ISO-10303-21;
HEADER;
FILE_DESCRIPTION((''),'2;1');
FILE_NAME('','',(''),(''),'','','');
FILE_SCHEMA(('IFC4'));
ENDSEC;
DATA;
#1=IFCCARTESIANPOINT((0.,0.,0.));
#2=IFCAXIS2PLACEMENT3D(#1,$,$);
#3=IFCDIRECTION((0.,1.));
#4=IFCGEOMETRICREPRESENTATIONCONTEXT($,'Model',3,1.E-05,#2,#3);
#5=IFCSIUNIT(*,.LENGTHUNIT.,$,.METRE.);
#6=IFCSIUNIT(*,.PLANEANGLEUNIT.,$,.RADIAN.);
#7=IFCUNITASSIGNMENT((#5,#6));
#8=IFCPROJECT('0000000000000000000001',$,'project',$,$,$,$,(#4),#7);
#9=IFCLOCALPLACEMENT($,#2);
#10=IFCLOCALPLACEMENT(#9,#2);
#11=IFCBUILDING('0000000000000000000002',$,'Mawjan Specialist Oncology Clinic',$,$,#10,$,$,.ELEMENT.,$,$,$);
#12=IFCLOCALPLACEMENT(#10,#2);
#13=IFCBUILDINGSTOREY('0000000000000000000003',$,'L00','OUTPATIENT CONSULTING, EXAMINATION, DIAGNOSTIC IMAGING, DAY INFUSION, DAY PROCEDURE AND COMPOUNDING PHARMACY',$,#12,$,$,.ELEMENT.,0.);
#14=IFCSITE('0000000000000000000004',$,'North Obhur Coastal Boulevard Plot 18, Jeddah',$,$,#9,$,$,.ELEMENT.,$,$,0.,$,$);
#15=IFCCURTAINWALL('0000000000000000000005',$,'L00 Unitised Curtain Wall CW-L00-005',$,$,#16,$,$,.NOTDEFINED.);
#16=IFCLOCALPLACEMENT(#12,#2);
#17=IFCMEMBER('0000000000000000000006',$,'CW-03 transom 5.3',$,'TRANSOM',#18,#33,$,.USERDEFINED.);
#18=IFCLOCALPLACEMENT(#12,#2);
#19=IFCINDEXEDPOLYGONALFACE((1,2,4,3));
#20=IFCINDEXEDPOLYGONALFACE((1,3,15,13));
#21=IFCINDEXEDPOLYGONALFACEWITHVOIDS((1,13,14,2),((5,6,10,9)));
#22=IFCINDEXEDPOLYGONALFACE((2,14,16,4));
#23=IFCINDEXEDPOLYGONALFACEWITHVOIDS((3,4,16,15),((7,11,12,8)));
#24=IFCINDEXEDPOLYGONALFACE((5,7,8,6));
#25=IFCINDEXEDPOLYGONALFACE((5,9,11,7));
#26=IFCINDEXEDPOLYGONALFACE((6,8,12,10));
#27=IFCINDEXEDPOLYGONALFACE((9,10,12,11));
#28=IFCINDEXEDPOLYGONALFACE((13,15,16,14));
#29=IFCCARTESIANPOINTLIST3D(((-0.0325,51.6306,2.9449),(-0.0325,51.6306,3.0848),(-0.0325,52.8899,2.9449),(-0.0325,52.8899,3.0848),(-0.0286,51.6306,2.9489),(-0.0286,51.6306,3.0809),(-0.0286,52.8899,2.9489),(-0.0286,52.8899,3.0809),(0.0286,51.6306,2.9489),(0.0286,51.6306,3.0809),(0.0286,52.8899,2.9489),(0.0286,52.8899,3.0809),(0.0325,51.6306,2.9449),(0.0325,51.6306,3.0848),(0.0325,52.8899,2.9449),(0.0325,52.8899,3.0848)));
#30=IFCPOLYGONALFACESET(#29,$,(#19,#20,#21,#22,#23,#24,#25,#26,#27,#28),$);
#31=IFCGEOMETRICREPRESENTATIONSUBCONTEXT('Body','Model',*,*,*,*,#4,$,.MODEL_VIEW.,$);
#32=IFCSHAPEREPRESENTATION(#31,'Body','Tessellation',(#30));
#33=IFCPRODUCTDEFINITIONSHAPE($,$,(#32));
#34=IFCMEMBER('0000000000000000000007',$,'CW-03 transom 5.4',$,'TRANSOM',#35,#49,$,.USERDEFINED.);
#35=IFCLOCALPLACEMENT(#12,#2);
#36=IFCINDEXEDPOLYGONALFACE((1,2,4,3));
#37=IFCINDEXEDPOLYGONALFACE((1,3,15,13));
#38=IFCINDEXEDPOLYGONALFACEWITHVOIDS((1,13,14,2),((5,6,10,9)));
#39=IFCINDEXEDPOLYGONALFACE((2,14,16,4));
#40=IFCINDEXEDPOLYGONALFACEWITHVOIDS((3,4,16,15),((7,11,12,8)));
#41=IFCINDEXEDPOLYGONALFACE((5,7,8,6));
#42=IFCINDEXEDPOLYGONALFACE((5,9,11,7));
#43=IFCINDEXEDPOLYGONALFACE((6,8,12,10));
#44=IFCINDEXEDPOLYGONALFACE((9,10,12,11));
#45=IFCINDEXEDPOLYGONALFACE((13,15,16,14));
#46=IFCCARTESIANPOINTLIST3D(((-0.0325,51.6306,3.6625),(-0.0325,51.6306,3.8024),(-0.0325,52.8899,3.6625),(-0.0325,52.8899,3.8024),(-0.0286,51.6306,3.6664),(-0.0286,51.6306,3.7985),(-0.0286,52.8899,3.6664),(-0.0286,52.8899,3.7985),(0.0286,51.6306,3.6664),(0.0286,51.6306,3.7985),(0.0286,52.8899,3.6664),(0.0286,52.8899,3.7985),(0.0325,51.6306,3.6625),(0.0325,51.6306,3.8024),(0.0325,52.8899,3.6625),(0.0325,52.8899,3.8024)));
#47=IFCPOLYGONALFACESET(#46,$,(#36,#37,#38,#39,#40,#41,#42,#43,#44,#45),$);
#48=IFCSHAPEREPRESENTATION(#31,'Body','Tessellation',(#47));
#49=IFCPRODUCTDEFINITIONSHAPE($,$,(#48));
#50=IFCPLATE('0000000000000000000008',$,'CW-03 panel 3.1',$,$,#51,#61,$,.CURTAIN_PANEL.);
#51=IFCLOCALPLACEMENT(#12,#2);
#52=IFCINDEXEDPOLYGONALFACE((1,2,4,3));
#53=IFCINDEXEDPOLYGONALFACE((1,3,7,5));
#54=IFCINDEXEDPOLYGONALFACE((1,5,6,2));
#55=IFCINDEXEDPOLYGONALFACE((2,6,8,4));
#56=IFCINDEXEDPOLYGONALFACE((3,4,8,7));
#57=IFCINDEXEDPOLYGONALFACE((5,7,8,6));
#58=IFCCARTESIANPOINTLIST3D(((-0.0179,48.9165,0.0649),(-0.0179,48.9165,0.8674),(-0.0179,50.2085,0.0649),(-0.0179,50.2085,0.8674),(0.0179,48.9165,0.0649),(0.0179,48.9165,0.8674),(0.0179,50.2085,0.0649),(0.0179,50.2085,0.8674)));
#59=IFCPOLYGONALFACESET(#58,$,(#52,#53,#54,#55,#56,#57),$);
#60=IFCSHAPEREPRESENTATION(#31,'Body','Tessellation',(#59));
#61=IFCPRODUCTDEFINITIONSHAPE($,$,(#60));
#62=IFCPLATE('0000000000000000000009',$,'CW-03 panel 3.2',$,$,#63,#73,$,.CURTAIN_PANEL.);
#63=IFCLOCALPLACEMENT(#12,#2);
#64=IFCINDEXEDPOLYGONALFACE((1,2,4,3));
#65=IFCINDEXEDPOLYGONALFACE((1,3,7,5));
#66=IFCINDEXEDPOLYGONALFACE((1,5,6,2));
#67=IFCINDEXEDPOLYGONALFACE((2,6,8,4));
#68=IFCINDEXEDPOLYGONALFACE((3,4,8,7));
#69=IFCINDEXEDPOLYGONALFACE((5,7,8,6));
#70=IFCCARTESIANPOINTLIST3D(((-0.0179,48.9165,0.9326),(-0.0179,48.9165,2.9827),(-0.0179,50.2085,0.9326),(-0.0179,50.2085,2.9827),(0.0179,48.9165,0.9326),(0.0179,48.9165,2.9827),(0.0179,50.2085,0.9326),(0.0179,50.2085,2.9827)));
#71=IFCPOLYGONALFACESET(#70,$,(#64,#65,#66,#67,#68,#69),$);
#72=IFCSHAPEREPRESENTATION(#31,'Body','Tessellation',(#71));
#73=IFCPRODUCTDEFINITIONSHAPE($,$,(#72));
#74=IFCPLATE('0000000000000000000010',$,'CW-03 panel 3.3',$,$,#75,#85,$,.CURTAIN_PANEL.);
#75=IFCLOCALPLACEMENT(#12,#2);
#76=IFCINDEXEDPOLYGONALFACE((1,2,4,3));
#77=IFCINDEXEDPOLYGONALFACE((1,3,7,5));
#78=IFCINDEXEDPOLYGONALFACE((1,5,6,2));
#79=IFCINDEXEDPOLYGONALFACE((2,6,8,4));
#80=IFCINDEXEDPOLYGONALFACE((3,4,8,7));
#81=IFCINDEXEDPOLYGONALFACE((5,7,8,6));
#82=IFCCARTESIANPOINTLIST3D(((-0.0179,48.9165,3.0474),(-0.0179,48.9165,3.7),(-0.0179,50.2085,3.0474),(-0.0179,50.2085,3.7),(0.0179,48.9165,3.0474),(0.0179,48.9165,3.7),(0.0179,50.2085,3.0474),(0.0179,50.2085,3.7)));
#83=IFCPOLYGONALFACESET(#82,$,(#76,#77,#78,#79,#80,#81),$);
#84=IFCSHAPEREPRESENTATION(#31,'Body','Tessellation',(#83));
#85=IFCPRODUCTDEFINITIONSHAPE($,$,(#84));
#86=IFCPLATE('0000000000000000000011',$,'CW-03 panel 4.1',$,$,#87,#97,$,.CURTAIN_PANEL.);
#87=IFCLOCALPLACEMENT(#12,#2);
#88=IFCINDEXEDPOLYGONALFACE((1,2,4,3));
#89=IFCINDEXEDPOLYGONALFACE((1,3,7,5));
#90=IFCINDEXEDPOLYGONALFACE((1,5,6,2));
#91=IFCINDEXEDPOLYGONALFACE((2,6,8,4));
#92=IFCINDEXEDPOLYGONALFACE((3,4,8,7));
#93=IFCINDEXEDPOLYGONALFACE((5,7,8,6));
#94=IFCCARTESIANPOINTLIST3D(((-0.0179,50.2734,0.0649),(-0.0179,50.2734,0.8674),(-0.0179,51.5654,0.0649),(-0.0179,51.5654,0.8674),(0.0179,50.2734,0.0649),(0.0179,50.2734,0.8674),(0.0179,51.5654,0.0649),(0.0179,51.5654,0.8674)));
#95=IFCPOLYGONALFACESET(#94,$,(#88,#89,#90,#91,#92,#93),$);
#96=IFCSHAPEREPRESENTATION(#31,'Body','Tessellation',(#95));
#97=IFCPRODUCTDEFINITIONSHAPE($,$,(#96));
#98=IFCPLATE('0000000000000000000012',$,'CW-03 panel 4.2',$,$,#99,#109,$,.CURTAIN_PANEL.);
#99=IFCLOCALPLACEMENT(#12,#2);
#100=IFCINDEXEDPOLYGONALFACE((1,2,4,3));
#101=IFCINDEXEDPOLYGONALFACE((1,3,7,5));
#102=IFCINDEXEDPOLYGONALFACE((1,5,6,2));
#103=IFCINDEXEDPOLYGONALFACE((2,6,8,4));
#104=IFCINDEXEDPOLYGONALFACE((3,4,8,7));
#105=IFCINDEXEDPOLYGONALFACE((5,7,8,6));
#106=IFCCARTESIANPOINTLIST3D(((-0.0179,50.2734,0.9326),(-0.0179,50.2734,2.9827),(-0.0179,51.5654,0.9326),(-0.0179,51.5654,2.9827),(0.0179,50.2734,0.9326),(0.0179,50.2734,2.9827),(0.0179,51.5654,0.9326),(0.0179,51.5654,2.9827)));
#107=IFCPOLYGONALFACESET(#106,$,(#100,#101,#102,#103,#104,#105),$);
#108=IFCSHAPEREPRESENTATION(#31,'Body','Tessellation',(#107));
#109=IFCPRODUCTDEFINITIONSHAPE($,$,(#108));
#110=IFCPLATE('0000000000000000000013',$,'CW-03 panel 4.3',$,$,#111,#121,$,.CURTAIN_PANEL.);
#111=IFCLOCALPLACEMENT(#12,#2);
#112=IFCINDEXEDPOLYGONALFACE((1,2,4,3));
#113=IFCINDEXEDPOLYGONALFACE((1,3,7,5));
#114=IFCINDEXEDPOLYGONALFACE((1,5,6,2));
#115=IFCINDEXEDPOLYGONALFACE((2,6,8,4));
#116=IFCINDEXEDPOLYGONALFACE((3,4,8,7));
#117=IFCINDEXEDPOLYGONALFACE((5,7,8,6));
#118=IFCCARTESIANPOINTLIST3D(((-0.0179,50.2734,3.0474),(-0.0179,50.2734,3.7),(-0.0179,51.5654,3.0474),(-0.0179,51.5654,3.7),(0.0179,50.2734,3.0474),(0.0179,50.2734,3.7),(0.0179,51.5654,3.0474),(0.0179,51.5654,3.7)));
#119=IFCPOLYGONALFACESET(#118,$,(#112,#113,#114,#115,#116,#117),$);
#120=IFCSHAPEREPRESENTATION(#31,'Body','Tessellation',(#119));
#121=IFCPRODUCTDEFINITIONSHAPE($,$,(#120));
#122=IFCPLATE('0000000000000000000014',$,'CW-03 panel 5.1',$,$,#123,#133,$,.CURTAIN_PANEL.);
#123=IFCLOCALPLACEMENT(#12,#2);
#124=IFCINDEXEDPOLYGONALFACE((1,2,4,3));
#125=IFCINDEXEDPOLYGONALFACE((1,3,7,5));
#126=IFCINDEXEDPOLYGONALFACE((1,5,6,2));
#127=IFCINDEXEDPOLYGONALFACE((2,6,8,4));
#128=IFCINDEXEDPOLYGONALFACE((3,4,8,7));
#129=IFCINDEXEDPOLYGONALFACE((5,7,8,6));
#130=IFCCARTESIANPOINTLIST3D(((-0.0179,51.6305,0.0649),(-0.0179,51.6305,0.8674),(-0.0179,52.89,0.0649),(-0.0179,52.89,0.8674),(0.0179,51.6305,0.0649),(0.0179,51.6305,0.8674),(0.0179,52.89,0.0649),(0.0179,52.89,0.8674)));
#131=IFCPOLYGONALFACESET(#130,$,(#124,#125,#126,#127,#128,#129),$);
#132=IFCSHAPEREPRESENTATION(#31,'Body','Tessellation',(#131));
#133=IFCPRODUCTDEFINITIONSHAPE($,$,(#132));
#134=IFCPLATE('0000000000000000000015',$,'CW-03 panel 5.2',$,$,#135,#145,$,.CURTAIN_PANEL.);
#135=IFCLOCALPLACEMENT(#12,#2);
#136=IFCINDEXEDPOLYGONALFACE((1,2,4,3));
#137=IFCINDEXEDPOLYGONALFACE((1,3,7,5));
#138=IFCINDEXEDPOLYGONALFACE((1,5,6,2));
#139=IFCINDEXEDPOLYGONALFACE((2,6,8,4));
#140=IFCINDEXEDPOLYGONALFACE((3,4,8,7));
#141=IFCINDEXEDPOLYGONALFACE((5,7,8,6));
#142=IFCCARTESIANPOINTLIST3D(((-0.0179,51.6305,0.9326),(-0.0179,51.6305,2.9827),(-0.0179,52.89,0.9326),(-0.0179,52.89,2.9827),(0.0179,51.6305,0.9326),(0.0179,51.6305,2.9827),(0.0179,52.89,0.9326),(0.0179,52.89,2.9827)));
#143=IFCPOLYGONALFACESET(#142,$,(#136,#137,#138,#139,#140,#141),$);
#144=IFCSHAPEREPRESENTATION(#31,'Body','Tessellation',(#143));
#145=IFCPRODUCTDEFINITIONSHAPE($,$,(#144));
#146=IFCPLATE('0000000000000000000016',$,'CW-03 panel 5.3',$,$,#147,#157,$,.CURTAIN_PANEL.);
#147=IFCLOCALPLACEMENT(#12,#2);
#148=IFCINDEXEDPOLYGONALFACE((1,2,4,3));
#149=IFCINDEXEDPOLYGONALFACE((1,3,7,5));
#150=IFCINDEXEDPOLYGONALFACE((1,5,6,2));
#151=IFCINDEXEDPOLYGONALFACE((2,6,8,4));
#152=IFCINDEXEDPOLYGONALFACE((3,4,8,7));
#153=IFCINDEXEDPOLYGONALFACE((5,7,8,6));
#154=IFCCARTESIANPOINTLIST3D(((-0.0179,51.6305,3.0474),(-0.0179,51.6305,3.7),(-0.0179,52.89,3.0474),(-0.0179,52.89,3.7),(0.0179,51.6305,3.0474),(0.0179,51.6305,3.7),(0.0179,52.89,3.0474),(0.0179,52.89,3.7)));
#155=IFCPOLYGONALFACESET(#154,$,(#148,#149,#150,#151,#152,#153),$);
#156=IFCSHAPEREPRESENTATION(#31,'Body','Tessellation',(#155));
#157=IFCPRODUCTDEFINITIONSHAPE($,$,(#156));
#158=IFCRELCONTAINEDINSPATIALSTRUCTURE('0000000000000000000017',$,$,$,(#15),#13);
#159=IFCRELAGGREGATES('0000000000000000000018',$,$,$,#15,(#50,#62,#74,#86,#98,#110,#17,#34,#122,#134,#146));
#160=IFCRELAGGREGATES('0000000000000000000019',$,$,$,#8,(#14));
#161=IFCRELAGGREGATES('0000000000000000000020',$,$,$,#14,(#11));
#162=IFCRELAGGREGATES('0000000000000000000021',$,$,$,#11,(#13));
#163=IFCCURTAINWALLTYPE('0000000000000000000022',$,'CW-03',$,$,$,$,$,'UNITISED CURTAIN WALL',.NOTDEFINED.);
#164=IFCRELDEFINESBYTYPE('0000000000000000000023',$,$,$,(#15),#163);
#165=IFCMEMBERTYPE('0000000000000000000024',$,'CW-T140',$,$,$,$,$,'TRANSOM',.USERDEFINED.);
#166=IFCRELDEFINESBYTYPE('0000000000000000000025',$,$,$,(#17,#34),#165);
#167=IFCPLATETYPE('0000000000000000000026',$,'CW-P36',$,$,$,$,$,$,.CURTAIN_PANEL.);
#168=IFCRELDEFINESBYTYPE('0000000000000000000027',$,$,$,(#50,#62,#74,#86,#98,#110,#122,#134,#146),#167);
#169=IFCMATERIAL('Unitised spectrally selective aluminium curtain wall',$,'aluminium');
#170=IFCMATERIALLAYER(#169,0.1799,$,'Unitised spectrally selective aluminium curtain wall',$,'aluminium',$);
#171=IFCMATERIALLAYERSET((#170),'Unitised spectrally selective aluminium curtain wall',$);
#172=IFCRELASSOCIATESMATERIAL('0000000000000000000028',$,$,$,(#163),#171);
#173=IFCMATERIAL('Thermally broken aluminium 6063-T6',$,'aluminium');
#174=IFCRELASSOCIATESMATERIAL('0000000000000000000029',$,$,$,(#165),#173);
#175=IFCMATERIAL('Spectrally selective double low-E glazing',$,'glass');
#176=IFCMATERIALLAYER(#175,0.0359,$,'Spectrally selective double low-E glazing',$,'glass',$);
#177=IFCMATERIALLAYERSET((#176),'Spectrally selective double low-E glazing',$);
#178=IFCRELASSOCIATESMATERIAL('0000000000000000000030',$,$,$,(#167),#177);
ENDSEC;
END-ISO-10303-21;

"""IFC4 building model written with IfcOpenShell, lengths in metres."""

from ifc_helpers import new_model, si_unit, direction, frame, origin, origin_2d, place, context, subcontext, project, spatial, rectangle, hollow_rectangle, extrude, material, layer, layer_set, material_profile, profile_set, type_object, element, aggregate, save


model = new_model("IFC4")

# Units and contexts
model_context = context("Model", 3, precision=1e-05, world=origin(), true_north=direction((0.0, 1.0)))
body_context = subcontext(model_context, "Body", "Model", "MODEL_VIEW")
ifc_project = project(units=[si_unit("LENGTHUNIT", "METRE"), si_unit("PLANEANGLEUNIT", "RADIAN")], contexts=[model_context])

# Site, building, storey
site_placement = place(None, origin())
site = spatial("IfcSite", under=ifc_project, at=site_placement, Name="North Obhur Coastal Boulevard Plot 18, Jeddah", CompositionType="ELEMENT", RefElevation=0.0)
building_placement = place(site_placement, origin())
building = spatial("IfcBuilding", under=site, at=building_placement, Name="Mawjan Specialist Oncology Clinic", CompositionType="ELEMENT")
storey_placement = place(building_placement, origin())
storey = spatial("IfcBuildingStorey", under=building, at=storey_placement, Name="L00", Description="OUTPATIENT CONSULTING, EXAMINATION, DIAGNOSTIC IMAGING, DAY INFUSION, DAY PROCEDURE AND COMPOUNDING PHARMACY", CompositionType="ELEMENT", Elevation=0.0)

# Curtain wall, members, plates
ifc_material_1 = material(Name="Unitised spectrally selective aluminium curtain wall", Category="aluminium")
ifc_layer_1 = layer(ifc_material_1, 0.1799, Name="Unitised spectrally selective aluminium curtain wall", Category="aluminium")
ifc_layer_set_1 = layer_set([ifc_layer_1], Name="Unitised spectrally selective aluminium curtain wall")
curtain_wall_type = type_object("IfcCurtainWallType", Name="CW-03", ElementType="UNITISED CURTAIN WALL", PredefinedType="NOTDEFINED", material=ifc_layer_set_1)
curtain_wall_placement = place(storey_placement, origin())
curtain_wall = element("IfcCurtainWall", 1, at=curtain_wall_placement, inside=storey, type_object=curtain_wall_type, Name="L00 Unitised Curtain Wall CW-L00-005", PredefinedType="NOTDEFINED")
ifc_material_2 = material(Name="Thermally broken aluminium 6063-T6", Category="aluminium")
ifc_material_profile_1 = material_profile(ifc_material_2, hollow_rectangle(XDim=0.0649, YDim=0.1399, WallThickness=0.0039, at=origin_2d()), Name="ALU TRANSOM 140x65x4", Category="aluminium")
ifc_profile_set_1 = profile_set([ifc_material_profile_1], Name="Thermally broken aluminium 6063-T6")
member_type_1 = type_object("IfcMemberType", Name="CW-T140", ElementType="TRANSOM", PredefinedType="USERDEFINED", material=ifc_profile_set_1)
member_1_placement = place(storey_placement, frame((0.0, 51.6306, 3.0149), z_axis=(0.0, 1.0, 0.0), x_axis=(-1.0, 0.0, 0.0)))
member_1 = element("IfcMember", 2, at=member_1_placement, type_object=member_type_1, Name="CW-03 transom 5.3", ObjectType="TRANSOM", PredefinedType="USERDEFINED", context=body_context, shape_type="SweptSolid", body=[
    extrude(hollow_rectangle(XDim=0.0649, YDim=0.1399, WallThickness=0.0039, at=origin_2d()), origin(), (0.0, 0.0, 1.0), 1.2593),
])
member_2_placement = place(storey_placement, frame((0.0, 51.6306, 3.7324), z_axis=(0.0, 1.0, 0.0), x_axis=(-1.0, 0.0, 0.0)))
member_2 = element("IfcMember", 3, at=member_2_placement, type_object=member_type_1, Name="CW-03 transom 5.4", ObjectType="TRANSOM", PredefinedType="USERDEFINED", context=body_context, shape_type="SweptSolid", body=[
    extrude(hollow_rectangle(XDim=0.0649, YDim=0.1399, WallThickness=0.0039, at=origin_2d()), origin(), (0.0, 0.0, 1.0), 1.2593),
])
ifc_material_3 = material(Name="Spectrally selective double low-E glazing", Category="glass")
ifc_layer_2 = layer(ifc_material_3, 0.0359, Name="Spectrally selective double low-E glazing", Category="glass")
ifc_layer_set_2 = layer_set([ifc_layer_2], Name="Spectrally selective double low-E glazing")
plate_type = type_object("IfcPlateType", Name="CW-P36", PredefinedType="CURTAIN_PANEL", material=ifc_layer_set_2)
plate_1_placement = place(storey_placement, frame((0.0, 49.5625, 0.0649), z_axis=(0.0, 0.0, 1.0), x_axis=(0.0, 1.0, 0.0)))
plate_1 = element("IfcPlate", 4, at=plate_1_placement, type_object=plate_type, Name="CW-03 panel 3.1", PredefinedType="CURTAIN_PANEL", context=body_context, shape_type="SweptSolid", body=[
    extrude(rectangle(XDim=1.292, YDim=0.0359, at=origin_2d()), origin(), (0.0, 0.0, 1.0), 0.8025),
])
plate_2_placement = place(storey_placement, frame((0.0, 49.5625, 0.9326), z_axis=(0.0, 0.0, 1.0), x_axis=(0.0, 1.0, 0.0)))
plate_2 = element("IfcPlate", 5, at=plate_2_placement, type_object=plate_type, Name="CW-03 panel 3.2", PredefinedType="CURTAIN_PANEL", context=body_context, shape_type="SweptSolid", body=[
    extrude(rectangle(XDim=1.292, YDim=0.0359, at=origin_2d()), origin(), (0.0, 0.0, 1.0), 2.05),
])
plate_3_placement = place(storey_placement, frame((0.0, 49.5625, 3.0474), z_axis=(0.0, 0.0, 1.0), x_axis=(0.0, 1.0, 0.0)))
plate_3 = element("IfcPlate", 6, at=plate_3_placement, type_object=plate_type, Name="CW-03 panel 3.3", PredefinedType="CURTAIN_PANEL", context=body_context, shape_type="SweptSolid", body=[
    extrude(rectangle(XDim=1.292, YDim=0.0359, at=origin_2d()), origin(), (0.0, 0.0, 1.0), 0.6526),
])
plate_4_placement = place(storey_placement, frame((0.0, 50.9194, 0.0649), z_axis=(0.0, 0.0, 1.0), x_axis=(0.0, 1.0, 0.0)))
plate_4 = element("IfcPlate", 7, at=plate_4_placement, type_object=plate_type, Name="CW-03 panel 4.1", PredefinedType="CURTAIN_PANEL", context=body_context, shape_type="SweptSolid", body=[
    extrude(rectangle(XDim=1.292, YDim=0.0359, at=origin_2d()), origin(), (0.0, 0.0, 1.0), 0.8025),
])
plate_5_placement = place(storey_placement, frame((0.0, 50.9194, 0.9326), z_axis=(0.0, 0.0, 1.0), x_axis=(0.0, 1.0, 0.0)))
plate_5 = element("IfcPlate", 8, at=plate_5_placement, type_object=plate_type, Name="CW-03 panel 4.2", PredefinedType="CURTAIN_PANEL", context=body_context, shape_type="SweptSolid", body=[
    extrude(rectangle(XDim=1.292, YDim=0.0359, at=origin_2d()), origin(), (0.0, 0.0, 1.0), 2.05),
])
plate_6_placement = place(storey_placement, frame((0.0, 50.9194, 3.0474), z_axis=(0.0, 0.0, 1.0), x_axis=(0.0, 1.0, 0.0)))
plate_6 = element("IfcPlate", 9, at=plate_6_placement, type_object=plate_type, Name="CW-03 panel 4.3", PredefinedType="CURTAIN_PANEL", context=body_context, shape_type="SweptSolid", body=[
    extrude(rectangle(XDim=1.292, YDim=0.0359, at=origin_2d()), origin(), (0.0, 0.0, 1.0), 0.6526),
])
plate_7_placement = place(storey_placement, frame((0.0, 52.2603, 0.0649), z_axis=(0.0, 0.0, 1.0), x_axis=(0.0, 1.0, 0.0)))
plate_7 = element("IfcPlate", 10, at=plate_7_placement, type_object=plate_type, Name="CW-03 panel 5.1", PredefinedType="CURTAIN_PANEL", context=body_context, shape_type="SweptSolid", body=[
    extrude(rectangle(XDim=1.2595, YDim=0.0359, at=origin_2d()), origin(), (0.0, 0.0, 1.0), 0.8025),
])
plate_8_placement = place(storey_placement, frame((0.0, 52.2603, 0.9326), z_axis=(0.0, 0.0, 1.0), x_axis=(0.0, 1.0, 0.0)))
plate_8 = element("IfcPlate", 11, at=plate_8_placement, type_object=plate_type, Name="CW-03 panel 5.2", PredefinedType="CURTAIN_PANEL", context=body_context, shape_type="SweptSolid", body=[
    extrude(rectangle(XDim=1.2595, YDim=0.0359, at=origin_2d()), origin(), (0.0, 0.0, 1.0), 2.05),
])
plate_9_placement = place(storey_placement, frame((0.0, 52.2603, 3.0474), z_axis=(0.0, 0.0, 1.0), x_axis=(0.0, 1.0, 0.0)))
plate_9 = element("IfcPlate", 12, at=plate_9_placement, type_object=plate_type, Name="CW-03 panel 5.3", PredefinedType="CURTAIN_PANEL", context=body_context, shape_type="SweptSolid", body=[
    extrude(rectangle(XDim=1.2595, YDim=0.0359, at=origin_2d()), origin(), (0.0, 0.0, 1.0), 0.6526),
])
aggregate(curtain_wall, [plate_1, plate_2, plate_3, plate_4, plate_5, plate_6, member_1, member_2, plate_7, plate_8, plate_9])

save(model, "model.ifc")
